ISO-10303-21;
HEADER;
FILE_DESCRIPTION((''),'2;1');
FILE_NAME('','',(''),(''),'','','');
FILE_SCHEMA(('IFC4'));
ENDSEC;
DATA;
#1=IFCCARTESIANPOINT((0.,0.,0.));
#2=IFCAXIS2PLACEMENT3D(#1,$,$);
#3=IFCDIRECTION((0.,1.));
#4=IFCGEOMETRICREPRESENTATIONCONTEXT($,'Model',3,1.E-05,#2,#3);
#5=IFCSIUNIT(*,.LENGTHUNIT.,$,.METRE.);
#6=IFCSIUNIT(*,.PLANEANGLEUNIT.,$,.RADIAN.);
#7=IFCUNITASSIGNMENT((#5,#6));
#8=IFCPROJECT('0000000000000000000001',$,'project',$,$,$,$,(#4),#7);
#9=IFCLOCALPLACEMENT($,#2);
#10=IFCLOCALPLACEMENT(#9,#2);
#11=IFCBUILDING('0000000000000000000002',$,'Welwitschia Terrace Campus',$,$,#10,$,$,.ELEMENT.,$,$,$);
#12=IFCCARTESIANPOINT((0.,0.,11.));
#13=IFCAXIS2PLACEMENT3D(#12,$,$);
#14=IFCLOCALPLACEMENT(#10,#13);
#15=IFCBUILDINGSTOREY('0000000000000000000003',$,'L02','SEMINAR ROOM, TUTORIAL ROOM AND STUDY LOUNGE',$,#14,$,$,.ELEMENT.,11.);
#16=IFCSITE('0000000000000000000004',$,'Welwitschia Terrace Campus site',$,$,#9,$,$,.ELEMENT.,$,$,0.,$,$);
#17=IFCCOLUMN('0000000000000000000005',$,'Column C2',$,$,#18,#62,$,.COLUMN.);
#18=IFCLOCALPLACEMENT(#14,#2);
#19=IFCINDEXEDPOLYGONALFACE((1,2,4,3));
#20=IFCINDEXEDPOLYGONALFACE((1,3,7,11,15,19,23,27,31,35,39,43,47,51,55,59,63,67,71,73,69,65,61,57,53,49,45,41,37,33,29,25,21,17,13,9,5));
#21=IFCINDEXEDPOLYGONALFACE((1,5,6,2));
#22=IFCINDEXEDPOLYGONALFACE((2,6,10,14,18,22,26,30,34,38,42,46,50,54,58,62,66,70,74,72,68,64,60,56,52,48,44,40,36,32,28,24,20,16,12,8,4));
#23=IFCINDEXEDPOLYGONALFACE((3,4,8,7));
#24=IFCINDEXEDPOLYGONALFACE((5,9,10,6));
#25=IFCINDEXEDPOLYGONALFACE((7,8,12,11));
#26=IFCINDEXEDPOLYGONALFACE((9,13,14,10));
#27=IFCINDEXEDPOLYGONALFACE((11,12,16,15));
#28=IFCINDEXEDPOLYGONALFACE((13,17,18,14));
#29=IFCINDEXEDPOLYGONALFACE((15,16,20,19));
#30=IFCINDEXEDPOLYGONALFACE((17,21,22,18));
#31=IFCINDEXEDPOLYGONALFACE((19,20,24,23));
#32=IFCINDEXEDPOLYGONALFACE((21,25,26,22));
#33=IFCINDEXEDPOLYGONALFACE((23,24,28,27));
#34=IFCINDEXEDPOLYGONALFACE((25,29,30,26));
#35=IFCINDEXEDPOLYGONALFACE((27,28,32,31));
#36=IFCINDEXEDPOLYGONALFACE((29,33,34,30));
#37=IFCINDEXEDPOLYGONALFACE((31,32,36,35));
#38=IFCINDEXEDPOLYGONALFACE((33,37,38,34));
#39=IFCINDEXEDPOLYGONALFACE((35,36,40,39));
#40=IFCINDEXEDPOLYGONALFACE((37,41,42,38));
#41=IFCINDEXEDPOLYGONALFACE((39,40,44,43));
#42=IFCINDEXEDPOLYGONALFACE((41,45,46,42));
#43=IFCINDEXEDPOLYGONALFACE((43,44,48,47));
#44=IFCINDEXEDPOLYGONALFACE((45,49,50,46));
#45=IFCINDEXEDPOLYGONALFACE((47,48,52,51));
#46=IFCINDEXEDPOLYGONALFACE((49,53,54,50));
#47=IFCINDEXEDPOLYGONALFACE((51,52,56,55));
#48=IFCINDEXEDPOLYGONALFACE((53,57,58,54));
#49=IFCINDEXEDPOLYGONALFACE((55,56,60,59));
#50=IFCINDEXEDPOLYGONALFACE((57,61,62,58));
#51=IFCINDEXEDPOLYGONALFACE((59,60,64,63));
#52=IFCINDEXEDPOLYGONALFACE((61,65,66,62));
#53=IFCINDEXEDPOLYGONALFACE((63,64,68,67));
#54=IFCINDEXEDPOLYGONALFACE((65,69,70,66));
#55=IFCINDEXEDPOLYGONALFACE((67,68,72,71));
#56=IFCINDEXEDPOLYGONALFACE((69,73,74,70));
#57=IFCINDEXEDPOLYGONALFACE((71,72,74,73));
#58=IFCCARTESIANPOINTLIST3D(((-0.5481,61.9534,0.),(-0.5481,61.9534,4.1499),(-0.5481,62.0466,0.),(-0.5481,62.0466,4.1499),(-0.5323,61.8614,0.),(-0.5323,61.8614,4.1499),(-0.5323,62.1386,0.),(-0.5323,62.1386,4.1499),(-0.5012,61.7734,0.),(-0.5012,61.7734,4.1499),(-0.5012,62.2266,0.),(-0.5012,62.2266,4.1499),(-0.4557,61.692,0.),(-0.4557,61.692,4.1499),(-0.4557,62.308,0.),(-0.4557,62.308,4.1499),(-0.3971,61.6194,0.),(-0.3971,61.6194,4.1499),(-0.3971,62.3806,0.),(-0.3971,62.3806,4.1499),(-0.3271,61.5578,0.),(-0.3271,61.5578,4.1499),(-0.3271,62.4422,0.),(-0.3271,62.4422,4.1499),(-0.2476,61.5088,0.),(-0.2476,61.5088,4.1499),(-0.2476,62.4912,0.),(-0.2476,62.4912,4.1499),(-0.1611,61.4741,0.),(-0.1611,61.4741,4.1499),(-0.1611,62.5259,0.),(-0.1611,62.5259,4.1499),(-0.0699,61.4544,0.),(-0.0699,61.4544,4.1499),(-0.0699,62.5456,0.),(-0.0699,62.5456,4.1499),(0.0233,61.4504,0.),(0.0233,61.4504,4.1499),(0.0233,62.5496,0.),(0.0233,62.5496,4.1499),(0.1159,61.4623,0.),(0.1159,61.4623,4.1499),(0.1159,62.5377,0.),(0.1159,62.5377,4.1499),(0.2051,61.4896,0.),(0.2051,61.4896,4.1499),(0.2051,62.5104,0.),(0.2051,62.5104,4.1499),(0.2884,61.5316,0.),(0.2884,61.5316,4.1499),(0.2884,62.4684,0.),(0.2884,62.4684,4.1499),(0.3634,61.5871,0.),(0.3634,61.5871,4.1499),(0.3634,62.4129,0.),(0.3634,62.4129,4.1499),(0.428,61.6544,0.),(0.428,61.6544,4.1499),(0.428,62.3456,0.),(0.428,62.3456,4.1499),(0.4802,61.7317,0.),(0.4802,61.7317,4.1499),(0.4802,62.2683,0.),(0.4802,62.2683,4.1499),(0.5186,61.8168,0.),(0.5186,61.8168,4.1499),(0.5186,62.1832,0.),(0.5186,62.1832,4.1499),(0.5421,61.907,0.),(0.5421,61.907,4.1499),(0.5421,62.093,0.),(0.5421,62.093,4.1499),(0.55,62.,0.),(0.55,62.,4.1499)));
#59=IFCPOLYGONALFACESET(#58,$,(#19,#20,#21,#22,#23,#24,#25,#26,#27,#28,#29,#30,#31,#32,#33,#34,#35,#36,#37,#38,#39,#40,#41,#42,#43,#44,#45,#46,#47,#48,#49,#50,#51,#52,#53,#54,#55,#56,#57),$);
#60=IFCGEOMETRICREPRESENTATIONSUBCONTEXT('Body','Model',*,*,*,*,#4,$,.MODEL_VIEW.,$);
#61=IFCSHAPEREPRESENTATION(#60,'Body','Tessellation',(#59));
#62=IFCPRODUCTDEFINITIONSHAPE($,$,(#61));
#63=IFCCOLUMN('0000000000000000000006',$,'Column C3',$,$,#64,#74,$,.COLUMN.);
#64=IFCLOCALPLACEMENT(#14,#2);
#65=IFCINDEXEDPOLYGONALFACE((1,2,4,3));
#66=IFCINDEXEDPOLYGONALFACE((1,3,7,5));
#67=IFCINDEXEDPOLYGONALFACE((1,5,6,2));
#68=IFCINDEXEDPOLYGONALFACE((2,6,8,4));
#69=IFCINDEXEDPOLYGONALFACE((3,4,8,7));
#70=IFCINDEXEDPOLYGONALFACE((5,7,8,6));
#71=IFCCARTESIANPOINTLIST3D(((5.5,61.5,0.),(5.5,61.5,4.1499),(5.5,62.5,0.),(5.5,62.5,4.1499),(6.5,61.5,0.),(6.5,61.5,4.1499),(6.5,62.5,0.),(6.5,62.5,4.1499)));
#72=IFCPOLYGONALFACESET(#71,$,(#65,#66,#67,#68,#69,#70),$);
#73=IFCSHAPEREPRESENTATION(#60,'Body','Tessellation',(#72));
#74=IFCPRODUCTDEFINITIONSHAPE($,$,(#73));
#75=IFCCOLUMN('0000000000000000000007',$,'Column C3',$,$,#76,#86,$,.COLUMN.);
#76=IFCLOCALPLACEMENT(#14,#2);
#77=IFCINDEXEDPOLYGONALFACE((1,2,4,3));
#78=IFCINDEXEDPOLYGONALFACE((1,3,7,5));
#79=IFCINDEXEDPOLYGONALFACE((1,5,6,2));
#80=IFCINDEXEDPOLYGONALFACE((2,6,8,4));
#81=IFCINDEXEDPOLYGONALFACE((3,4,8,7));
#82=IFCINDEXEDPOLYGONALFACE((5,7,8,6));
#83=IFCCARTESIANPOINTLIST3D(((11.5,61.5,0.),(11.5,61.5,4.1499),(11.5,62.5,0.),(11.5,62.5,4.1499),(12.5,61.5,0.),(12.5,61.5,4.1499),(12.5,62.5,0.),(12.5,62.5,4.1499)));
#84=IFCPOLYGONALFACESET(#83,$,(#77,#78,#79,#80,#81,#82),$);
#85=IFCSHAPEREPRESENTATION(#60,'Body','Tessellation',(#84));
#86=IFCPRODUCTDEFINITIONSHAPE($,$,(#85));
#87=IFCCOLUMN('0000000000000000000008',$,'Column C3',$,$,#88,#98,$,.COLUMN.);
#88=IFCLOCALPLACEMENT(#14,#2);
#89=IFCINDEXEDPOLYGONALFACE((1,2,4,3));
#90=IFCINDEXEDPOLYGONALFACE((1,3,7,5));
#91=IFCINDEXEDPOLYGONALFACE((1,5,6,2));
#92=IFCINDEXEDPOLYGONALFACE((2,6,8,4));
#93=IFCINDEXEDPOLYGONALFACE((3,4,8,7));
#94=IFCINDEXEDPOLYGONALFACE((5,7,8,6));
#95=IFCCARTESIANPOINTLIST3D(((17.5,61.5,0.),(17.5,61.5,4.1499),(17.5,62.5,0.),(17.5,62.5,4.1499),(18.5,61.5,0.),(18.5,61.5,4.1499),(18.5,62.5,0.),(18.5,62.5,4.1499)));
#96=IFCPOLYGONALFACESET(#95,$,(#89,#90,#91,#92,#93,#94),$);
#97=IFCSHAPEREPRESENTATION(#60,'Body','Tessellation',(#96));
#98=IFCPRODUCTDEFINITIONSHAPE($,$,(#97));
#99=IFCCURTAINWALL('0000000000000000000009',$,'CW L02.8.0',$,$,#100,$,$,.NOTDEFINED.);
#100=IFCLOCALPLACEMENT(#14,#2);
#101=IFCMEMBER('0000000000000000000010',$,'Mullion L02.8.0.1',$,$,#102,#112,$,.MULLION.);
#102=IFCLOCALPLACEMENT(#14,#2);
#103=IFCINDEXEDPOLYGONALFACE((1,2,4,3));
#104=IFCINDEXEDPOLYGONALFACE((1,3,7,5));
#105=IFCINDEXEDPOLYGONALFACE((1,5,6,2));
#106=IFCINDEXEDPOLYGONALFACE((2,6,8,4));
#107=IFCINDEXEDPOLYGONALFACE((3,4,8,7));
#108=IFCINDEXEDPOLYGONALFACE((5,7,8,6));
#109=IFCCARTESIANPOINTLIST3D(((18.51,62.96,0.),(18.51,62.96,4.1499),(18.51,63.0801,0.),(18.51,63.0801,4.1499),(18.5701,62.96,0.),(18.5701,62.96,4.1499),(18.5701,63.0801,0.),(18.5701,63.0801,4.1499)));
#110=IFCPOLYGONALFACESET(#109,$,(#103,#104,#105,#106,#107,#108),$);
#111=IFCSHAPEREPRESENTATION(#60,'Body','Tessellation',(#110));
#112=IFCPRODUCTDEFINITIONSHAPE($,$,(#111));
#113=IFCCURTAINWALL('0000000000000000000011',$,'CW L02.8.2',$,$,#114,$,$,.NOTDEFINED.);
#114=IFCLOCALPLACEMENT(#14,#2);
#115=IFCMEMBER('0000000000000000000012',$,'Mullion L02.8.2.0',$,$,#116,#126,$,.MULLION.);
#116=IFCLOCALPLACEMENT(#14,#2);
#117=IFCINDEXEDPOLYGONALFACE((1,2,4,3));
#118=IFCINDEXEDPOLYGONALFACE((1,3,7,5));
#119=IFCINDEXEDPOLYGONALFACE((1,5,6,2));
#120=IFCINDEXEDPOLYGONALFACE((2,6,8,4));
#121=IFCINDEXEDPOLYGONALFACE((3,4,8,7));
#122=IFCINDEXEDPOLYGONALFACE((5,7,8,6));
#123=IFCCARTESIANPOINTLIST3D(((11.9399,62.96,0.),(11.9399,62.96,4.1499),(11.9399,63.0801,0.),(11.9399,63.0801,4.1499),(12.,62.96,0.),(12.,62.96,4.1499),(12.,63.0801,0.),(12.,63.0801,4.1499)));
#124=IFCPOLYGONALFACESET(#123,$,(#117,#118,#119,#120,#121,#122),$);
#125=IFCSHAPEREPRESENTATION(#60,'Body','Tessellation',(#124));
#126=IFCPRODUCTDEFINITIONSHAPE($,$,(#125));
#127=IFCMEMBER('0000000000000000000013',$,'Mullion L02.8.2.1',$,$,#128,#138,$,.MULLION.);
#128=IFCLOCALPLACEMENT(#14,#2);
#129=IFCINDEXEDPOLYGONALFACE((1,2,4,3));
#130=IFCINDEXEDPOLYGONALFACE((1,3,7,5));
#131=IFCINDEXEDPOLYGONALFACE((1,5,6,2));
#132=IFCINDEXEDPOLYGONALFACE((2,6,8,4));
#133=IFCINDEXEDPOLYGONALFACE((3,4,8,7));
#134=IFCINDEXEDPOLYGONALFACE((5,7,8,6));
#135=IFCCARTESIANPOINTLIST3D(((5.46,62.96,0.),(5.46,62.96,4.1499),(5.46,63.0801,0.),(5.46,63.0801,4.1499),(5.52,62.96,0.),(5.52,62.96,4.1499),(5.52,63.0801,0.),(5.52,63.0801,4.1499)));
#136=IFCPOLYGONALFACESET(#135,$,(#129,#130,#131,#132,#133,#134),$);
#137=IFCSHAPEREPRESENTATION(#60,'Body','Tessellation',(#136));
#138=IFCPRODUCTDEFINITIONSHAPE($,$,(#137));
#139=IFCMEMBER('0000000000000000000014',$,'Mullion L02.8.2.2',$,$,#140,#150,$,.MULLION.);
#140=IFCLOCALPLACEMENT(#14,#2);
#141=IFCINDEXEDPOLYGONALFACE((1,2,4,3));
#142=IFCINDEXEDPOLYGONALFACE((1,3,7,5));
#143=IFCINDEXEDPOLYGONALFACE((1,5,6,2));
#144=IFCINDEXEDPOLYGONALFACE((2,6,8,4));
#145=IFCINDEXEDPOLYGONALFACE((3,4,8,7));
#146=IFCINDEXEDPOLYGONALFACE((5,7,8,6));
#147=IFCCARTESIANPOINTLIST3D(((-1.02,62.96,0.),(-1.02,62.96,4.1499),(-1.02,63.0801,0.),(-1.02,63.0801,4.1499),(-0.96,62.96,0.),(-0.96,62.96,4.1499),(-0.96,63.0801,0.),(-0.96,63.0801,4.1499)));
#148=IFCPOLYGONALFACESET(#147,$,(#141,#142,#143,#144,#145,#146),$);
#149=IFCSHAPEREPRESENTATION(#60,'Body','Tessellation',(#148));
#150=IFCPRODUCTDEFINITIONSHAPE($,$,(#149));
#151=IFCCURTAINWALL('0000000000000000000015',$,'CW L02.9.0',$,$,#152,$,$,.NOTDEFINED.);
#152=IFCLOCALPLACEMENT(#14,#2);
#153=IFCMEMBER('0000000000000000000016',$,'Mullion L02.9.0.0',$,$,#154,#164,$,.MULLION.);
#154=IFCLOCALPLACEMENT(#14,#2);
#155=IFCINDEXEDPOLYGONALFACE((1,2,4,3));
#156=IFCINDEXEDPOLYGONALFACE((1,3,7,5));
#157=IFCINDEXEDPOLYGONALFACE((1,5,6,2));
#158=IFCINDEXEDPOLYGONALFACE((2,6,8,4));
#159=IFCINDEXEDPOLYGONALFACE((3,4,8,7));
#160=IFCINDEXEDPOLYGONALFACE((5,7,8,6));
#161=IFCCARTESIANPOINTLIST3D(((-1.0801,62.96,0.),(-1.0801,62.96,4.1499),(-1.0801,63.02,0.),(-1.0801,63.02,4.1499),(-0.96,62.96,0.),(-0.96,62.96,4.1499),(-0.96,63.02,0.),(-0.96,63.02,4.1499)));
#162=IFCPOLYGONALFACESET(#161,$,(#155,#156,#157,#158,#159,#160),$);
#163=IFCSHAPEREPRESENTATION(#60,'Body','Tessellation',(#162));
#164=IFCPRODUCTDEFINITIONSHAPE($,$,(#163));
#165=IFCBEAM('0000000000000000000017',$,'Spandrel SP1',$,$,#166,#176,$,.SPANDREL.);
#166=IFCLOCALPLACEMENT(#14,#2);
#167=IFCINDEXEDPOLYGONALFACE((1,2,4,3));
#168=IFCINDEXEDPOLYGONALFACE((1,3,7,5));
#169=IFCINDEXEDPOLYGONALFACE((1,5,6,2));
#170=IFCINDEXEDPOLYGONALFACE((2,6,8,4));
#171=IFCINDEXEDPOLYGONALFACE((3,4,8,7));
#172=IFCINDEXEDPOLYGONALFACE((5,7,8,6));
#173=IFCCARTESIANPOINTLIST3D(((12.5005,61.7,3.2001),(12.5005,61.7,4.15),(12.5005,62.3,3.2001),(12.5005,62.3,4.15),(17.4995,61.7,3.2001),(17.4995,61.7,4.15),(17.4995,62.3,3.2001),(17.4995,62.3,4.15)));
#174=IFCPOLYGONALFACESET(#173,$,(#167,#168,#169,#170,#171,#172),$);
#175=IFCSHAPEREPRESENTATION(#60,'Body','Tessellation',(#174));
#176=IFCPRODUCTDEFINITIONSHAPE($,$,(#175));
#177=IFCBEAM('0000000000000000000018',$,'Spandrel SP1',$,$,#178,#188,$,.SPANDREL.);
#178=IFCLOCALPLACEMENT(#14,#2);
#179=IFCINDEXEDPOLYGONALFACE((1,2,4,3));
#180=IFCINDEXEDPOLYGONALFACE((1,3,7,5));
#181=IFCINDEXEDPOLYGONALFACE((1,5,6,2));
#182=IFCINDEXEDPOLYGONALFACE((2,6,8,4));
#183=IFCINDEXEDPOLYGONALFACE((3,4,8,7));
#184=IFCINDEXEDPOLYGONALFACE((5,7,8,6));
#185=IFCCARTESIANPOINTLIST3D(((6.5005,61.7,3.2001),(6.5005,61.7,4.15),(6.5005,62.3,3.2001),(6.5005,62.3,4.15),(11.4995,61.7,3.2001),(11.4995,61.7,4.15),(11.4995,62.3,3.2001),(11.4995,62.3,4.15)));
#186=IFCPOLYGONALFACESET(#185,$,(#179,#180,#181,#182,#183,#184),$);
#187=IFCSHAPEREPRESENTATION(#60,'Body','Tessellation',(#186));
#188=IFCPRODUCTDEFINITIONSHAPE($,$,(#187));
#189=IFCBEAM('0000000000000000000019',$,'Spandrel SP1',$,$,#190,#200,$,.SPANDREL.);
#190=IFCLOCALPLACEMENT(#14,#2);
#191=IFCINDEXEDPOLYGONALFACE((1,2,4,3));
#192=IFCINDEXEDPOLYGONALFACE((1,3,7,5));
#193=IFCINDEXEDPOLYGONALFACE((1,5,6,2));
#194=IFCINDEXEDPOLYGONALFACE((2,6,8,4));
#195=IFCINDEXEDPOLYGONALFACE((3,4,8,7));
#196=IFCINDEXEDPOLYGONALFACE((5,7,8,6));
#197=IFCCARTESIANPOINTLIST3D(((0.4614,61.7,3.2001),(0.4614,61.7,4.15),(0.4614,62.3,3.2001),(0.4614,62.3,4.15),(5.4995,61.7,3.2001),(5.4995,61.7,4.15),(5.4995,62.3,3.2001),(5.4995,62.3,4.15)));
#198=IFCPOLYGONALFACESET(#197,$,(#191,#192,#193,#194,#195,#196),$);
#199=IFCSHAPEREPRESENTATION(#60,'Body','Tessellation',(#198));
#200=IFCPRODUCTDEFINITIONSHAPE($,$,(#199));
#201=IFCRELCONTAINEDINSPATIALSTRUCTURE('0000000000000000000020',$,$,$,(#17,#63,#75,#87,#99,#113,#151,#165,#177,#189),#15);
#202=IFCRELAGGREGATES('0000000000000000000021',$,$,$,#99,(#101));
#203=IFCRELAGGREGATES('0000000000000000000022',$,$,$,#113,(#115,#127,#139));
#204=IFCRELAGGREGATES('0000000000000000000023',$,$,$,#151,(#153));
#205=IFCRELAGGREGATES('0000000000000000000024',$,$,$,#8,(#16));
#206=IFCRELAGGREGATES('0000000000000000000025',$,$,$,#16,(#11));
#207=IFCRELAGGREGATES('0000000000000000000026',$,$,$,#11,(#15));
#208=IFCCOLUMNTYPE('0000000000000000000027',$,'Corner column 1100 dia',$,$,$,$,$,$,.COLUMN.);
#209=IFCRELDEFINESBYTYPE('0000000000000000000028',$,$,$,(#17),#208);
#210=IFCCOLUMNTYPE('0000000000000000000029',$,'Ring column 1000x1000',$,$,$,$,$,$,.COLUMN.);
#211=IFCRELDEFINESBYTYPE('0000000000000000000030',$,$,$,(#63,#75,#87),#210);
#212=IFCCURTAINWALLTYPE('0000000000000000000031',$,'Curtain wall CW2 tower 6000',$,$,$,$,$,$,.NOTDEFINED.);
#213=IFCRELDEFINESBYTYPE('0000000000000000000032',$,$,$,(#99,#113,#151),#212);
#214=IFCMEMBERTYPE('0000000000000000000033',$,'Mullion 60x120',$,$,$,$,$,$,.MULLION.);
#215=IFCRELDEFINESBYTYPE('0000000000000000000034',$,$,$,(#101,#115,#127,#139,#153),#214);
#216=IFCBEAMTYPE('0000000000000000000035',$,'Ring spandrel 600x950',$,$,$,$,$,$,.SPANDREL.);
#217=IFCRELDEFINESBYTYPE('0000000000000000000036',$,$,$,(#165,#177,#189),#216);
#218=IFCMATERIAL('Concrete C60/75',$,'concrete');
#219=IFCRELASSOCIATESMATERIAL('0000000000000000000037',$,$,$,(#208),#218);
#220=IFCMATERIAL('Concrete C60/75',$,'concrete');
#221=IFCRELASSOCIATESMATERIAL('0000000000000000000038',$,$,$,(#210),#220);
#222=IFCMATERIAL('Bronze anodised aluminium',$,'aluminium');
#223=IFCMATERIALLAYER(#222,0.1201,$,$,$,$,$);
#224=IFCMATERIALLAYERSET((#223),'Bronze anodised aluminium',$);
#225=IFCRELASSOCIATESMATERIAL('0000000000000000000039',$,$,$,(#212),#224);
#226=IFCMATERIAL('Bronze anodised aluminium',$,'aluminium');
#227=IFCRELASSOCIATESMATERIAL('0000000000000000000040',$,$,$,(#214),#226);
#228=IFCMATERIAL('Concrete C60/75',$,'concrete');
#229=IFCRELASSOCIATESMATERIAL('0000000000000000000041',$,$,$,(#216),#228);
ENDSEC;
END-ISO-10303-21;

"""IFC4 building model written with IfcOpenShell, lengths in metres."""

from ifc_helpers import new_model, si_unit, direction, frame, origin, origin_2d, place, context, subcontext, project, spatial, rectangle, circle, extrude, material, layer, layer_set, material_profile, profile_set, type_object, element, aggregate, save


model = new_model("IFC4")

# Units and contexts
model_context = context("Model", 3, precision=1e-05, world=origin(), true_north=direction((0.0, 1.0)))
body_context = subcontext(model_context, "Body", "Model", "MODEL_VIEW")
ifc_project = project(units=[si_unit("LENGTHUNIT", "METRE"), si_unit("PLANEANGLEUNIT", "RADIAN")], contexts=[model_context])

# Site, building, storey
site_placement = place(None, origin())
site = spatial("IfcSite", under=ifc_project, at=site_placement, Name="Welwitschia Terrace Campus site", CompositionType="ELEMENT", RefElevation=0.0)
building_placement = place(site_placement, origin())
building = spatial("IfcBuilding", under=site, at=building_placement, Name="Welwitschia Terrace Campus", CompositionType="ELEMENT")
storey_placement = place(building_placement, frame((0.0, 0.0, 11.0)))
storey = spatial("IfcBuildingStorey", under=building, at=storey_placement, Name="L02", Description="SEMINAR ROOM, TUTORIAL ROOM AND STUDY LOUNGE", CompositionType="ELEMENT", Elevation=11.0)

# Columns
ifc_material_1 = material(Name="Concrete C60/75", Category="concrete")
ifc_material_profile_1 = material_profile(ifc_material_1, circle(Radius=0.55, at=origin_2d()))
ifc_profile_set_1 = profile_set([ifc_material_profile_1], Name="Concrete C60/75")
column_type_1 = type_object("IfcColumnType", Name="Corner column 1100 dia", PredefinedType="COLUMN", material=ifc_profile_set_1)
column_placement = place(storey_placement, frame((0.0, 62.0, 0.0), z_axis=(0.0, 0.0, 1.0), x_axis=(1.0, 0.0, 0.0)))
element("IfcColumn", 1, at=column_placement, inside=storey, type_object=column_type_1, Name="Column C2", PredefinedType="COLUMN", context=body_context, shape_type="SweptSolid", body=[
    extrude(circle(Radius=0.55, at=origin_2d()), origin(), (0.0, 0.0, 1.0), 4.1499),
])
ifc_material_2 = material(Name="Concrete C60/75", Category="concrete")
ifc_material_profile_2 = material_profile(ifc_material_2, rectangle(XDim=1.0, YDim=1.0, at=origin_2d()))
ifc_profile_set_2 = profile_set([ifc_material_profile_2], Name="Concrete C60/75")
column_type_2 = type_object("IfcColumnType", Name="Ring column 1000x1000", PredefinedType="COLUMN", material=ifc_profile_set_2)
for number, where, z_axis, x_axis, name in (
    (2, (6.0, 62.0, 0.0), (0.0, 0.0, 1.0), (1.0, 0.0, 0.0), "Column C3"),
    (3, (12.0, 62.0, 0.0), (0.0, 0.0, 1.0), (1.0, 0.0, 0.0), "Column C3"),
    (4, (18.0, 62.0, 0.0), (0.0, 0.0, 1.0), (1.0, 0.0, 0.0), "Column C3"),
):
    element("IfcColumn", number, at=place(storey_placement, frame(where, z_axis=z_axis, x_axis=x_axis)), inside=storey, type_object=column_type_2, Name=name, PredefinedType="COLUMN", context=body_context, shape_type="SweptSolid", body=[
        extrude(rectangle(XDim=1.0, YDim=1.0, at=origin_2d()), origin(), (0.0, 0.0, 1.0), 4.1499),
    ])

# Curtain wall, member
ifc_material_3 = material(Name="Bronze anodised aluminium", Category="aluminium")
ifc_layer_1 = layer(ifc_material_3, 0.1201)
ifc_layer_set_1 = layer_set([ifc_layer_1], Name="Bronze anodised aluminium")
curtain_wall_type = type_object("IfcCurtainWallType", Name="Curtain wall CW2 tower 6000", PredefinedType="NOTDEFINED", material=ifc_layer_set_1)
curtain_wall_1_placement = place(storey_placement, origin())
curtain_wall_1 = element("IfcCurtainWall", 5, at=curtain_wall_1_placement, inside=storey, type_object=curtain_wall_type, Name="CW L02.8.0", PredefinedType="NOTDEFINED")
ifc_material_4 = material(Name="Bronze anodised aluminium", Category="aluminium")
ifc_material_profile_3 = material_profile(ifc_material_4, rectangle(XDim=0.1201, YDim=0.0601, at=origin_2d()))
ifc_profile_set_3 = profile_set([ifc_material_profile_3], Name="Bronze anodised aluminium")
member_type_1 = type_object("IfcMemberType", Name="Mullion 60x120", PredefinedType="MULLION", material=ifc_profile_set_3)
member_1_placement = place(storey_placement, frame((18.54, 63.02, 0.0), z_axis=(0.0, 0.0, 1.0), x_axis=(0.0, -1.0, 0.0)))
member_1 = element("IfcMember", 6, at=member_1_placement, type_object=member_type_1, Name="Mullion L02.8.0.1", PredefinedType="MULLION", context=body_context, shape_type="SweptSolid", body=[
    extrude(rectangle(XDim=0.1201, YDim=0.0601, at=origin_2d()), origin(), (0.0, 0.0, 1.0), 4.1499),
])
aggregate(curtain_wall_1, [member_1])

# Curtain wall, members
curtain_wall_2_placement = place(storey_placement, origin())
curtain_wall_2 = element("IfcCurtainWall", 7, at=curtain_wall_2_placement, inside=storey, type_object=curtain_wall_type, Name="CW L02.8.2", PredefinedType="NOTDEFINED")
member_2_placement = place(storey_placement, frame((11.97, 63.02, 0.0), z_axis=(0.0, 0.0, 1.0), x_axis=(0.0, -1.0, 0.0)))
member_2 = element("IfcMember", 8, at=member_2_placement, type_object=member_type_1, Name="Mullion L02.8.2.0", PredefinedType="MULLION", context=body_context, shape_type="SweptSolid", body=[
    extrude(rectangle(XDim=0.1201, YDim=0.0601, at=origin_2d()), origin(), (0.0, 0.0, 1.0), 4.1499),
])
member_3_placement = place(storey_placement, frame((5.49, 63.02, 0.0), z_axis=(0.0, 0.0, 1.0), x_axis=(0.0, -1.0, 0.0)))
member_3 = element("IfcMember", 9, at=member_3_placement, type_object=member_type_1, Name="Mullion L02.8.2.1", PredefinedType="MULLION", context=body_context, shape_type="SweptSolid", body=[
    extrude(rectangle(XDim=0.1201, YDim=0.0601, at=origin_2d()), origin(), (0.0, 0.0, 1.0), 4.1499),
])
member_4_placement = place(storey_placement, frame((-0.99, 63.02, 0.0), z_axis=(0.0, 0.0, 1.0), x_axis=(0.0, -1.0, 0.0)))
member_4 = element("IfcMember", 10, at=member_4_placement, type_object=member_type_1, Name="Mullion L02.8.2.2", PredefinedType="MULLION", context=body_context, shape_type="SweptSolid", body=[
    extrude(rectangle(XDim=0.1201, YDim=0.0601, at=origin_2d()), origin(), (0.0, 0.0, 1.0), 4.1499),
])

# Curtain wall, member
curtain_wall_3_placement = place(storey_placement, origin())
curtain_wall_3 = element("IfcCurtainWall", 11, at=curtain_wall_3_placement, inside=storey, type_object=curtain_wall_type, Name="CW L02.9.0", PredefinedType="NOTDEFINED")
member_5_placement = place(storey_placement, frame((-1.02, 62.99, 0.0), z_axis=(0.0, 0.0, 1.0), x_axis=(1.0, 0.0, 0.0)))
member_5 = element("IfcMember", 12, at=member_5_placement, type_object=member_type_1, Name="Mullion L02.9.0.0", PredefinedType="MULLION", context=body_context, shape_type="SweptSolid", body=[
    extrude(rectangle(XDim=0.1201, YDim=0.0601, at=origin_2d()), origin(), (0.0, 0.0, 1.0), 4.1499),
])

# Beams
ifc_material_5 = material(Name="Concrete C60/75", Category="concrete")
ifc_material_profile_4 = material_profile(ifc_material_5, rectangle(XDim=0.6001, YDim=0.95, at=origin_2d()))
ifc_profile_set_4 = profile_set([ifc_material_profile_4], Name="Concrete C60/75")
beam_type = type_object("IfcBeamType", Name="Ring spandrel 600x950", PredefinedType="SPANDREL", material=ifc_profile_set_4)
for number, where, z_axis, x_axis, name in (
    (13, (17.4995, 62.0, 3.675), (-1.0, 0.0, 0.0), (0.0, -1.0, 0.0), "Spandrel SP1"),
    (14, (11.4995, 62.0, 3.675), (-1.0, 0.0, 0.0), (0.0, -1.0, 0.0), "Spandrel SP1"),
):
    element("IfcBeam", number, at=place(storey_placement, frame(where, z_axis=z_axis, x_axis=x_axis)), inside=storey, type_object=beam_type, Name=name, PredefinedType="SPANDREL", context=body_context, shape_type="SweptSolid", body=[
        extrude(rectangle(XDim=0.6001, YDim=0.95, at=origin_2d()), origin(), (0.0, 0.0, 1.0), 4.999),
    ])
for number, where, z_axis, x_axis, name in (
    (15, (5.4995, 62.0, 3.675), (-1.0, 0.0, 0.0), (0.0, -1.0, 0.0), "Spandrel SP1"),
):
    element("IfcBeam", number, at=place(storey_placement, frame(where, z_axis=z_axis, x_axis=x_axis)), inside=storey, type_object=beam_type, Name=name, PredefinedType="SPANDREL", context=body_context, shape_type="SweptSolid", body=[
        extrude(rectangle(XDim=0.6001, YDim=0.95, at=origin_2d()), origin(), (0.0, 0.0, 1.0), 5.0381),
    ])

aggregate(curtain_wall_2, [member_2, member_3, member_4])
aggregate(curtain_wall_3, [member_5])

save(model, "model.ifc")
